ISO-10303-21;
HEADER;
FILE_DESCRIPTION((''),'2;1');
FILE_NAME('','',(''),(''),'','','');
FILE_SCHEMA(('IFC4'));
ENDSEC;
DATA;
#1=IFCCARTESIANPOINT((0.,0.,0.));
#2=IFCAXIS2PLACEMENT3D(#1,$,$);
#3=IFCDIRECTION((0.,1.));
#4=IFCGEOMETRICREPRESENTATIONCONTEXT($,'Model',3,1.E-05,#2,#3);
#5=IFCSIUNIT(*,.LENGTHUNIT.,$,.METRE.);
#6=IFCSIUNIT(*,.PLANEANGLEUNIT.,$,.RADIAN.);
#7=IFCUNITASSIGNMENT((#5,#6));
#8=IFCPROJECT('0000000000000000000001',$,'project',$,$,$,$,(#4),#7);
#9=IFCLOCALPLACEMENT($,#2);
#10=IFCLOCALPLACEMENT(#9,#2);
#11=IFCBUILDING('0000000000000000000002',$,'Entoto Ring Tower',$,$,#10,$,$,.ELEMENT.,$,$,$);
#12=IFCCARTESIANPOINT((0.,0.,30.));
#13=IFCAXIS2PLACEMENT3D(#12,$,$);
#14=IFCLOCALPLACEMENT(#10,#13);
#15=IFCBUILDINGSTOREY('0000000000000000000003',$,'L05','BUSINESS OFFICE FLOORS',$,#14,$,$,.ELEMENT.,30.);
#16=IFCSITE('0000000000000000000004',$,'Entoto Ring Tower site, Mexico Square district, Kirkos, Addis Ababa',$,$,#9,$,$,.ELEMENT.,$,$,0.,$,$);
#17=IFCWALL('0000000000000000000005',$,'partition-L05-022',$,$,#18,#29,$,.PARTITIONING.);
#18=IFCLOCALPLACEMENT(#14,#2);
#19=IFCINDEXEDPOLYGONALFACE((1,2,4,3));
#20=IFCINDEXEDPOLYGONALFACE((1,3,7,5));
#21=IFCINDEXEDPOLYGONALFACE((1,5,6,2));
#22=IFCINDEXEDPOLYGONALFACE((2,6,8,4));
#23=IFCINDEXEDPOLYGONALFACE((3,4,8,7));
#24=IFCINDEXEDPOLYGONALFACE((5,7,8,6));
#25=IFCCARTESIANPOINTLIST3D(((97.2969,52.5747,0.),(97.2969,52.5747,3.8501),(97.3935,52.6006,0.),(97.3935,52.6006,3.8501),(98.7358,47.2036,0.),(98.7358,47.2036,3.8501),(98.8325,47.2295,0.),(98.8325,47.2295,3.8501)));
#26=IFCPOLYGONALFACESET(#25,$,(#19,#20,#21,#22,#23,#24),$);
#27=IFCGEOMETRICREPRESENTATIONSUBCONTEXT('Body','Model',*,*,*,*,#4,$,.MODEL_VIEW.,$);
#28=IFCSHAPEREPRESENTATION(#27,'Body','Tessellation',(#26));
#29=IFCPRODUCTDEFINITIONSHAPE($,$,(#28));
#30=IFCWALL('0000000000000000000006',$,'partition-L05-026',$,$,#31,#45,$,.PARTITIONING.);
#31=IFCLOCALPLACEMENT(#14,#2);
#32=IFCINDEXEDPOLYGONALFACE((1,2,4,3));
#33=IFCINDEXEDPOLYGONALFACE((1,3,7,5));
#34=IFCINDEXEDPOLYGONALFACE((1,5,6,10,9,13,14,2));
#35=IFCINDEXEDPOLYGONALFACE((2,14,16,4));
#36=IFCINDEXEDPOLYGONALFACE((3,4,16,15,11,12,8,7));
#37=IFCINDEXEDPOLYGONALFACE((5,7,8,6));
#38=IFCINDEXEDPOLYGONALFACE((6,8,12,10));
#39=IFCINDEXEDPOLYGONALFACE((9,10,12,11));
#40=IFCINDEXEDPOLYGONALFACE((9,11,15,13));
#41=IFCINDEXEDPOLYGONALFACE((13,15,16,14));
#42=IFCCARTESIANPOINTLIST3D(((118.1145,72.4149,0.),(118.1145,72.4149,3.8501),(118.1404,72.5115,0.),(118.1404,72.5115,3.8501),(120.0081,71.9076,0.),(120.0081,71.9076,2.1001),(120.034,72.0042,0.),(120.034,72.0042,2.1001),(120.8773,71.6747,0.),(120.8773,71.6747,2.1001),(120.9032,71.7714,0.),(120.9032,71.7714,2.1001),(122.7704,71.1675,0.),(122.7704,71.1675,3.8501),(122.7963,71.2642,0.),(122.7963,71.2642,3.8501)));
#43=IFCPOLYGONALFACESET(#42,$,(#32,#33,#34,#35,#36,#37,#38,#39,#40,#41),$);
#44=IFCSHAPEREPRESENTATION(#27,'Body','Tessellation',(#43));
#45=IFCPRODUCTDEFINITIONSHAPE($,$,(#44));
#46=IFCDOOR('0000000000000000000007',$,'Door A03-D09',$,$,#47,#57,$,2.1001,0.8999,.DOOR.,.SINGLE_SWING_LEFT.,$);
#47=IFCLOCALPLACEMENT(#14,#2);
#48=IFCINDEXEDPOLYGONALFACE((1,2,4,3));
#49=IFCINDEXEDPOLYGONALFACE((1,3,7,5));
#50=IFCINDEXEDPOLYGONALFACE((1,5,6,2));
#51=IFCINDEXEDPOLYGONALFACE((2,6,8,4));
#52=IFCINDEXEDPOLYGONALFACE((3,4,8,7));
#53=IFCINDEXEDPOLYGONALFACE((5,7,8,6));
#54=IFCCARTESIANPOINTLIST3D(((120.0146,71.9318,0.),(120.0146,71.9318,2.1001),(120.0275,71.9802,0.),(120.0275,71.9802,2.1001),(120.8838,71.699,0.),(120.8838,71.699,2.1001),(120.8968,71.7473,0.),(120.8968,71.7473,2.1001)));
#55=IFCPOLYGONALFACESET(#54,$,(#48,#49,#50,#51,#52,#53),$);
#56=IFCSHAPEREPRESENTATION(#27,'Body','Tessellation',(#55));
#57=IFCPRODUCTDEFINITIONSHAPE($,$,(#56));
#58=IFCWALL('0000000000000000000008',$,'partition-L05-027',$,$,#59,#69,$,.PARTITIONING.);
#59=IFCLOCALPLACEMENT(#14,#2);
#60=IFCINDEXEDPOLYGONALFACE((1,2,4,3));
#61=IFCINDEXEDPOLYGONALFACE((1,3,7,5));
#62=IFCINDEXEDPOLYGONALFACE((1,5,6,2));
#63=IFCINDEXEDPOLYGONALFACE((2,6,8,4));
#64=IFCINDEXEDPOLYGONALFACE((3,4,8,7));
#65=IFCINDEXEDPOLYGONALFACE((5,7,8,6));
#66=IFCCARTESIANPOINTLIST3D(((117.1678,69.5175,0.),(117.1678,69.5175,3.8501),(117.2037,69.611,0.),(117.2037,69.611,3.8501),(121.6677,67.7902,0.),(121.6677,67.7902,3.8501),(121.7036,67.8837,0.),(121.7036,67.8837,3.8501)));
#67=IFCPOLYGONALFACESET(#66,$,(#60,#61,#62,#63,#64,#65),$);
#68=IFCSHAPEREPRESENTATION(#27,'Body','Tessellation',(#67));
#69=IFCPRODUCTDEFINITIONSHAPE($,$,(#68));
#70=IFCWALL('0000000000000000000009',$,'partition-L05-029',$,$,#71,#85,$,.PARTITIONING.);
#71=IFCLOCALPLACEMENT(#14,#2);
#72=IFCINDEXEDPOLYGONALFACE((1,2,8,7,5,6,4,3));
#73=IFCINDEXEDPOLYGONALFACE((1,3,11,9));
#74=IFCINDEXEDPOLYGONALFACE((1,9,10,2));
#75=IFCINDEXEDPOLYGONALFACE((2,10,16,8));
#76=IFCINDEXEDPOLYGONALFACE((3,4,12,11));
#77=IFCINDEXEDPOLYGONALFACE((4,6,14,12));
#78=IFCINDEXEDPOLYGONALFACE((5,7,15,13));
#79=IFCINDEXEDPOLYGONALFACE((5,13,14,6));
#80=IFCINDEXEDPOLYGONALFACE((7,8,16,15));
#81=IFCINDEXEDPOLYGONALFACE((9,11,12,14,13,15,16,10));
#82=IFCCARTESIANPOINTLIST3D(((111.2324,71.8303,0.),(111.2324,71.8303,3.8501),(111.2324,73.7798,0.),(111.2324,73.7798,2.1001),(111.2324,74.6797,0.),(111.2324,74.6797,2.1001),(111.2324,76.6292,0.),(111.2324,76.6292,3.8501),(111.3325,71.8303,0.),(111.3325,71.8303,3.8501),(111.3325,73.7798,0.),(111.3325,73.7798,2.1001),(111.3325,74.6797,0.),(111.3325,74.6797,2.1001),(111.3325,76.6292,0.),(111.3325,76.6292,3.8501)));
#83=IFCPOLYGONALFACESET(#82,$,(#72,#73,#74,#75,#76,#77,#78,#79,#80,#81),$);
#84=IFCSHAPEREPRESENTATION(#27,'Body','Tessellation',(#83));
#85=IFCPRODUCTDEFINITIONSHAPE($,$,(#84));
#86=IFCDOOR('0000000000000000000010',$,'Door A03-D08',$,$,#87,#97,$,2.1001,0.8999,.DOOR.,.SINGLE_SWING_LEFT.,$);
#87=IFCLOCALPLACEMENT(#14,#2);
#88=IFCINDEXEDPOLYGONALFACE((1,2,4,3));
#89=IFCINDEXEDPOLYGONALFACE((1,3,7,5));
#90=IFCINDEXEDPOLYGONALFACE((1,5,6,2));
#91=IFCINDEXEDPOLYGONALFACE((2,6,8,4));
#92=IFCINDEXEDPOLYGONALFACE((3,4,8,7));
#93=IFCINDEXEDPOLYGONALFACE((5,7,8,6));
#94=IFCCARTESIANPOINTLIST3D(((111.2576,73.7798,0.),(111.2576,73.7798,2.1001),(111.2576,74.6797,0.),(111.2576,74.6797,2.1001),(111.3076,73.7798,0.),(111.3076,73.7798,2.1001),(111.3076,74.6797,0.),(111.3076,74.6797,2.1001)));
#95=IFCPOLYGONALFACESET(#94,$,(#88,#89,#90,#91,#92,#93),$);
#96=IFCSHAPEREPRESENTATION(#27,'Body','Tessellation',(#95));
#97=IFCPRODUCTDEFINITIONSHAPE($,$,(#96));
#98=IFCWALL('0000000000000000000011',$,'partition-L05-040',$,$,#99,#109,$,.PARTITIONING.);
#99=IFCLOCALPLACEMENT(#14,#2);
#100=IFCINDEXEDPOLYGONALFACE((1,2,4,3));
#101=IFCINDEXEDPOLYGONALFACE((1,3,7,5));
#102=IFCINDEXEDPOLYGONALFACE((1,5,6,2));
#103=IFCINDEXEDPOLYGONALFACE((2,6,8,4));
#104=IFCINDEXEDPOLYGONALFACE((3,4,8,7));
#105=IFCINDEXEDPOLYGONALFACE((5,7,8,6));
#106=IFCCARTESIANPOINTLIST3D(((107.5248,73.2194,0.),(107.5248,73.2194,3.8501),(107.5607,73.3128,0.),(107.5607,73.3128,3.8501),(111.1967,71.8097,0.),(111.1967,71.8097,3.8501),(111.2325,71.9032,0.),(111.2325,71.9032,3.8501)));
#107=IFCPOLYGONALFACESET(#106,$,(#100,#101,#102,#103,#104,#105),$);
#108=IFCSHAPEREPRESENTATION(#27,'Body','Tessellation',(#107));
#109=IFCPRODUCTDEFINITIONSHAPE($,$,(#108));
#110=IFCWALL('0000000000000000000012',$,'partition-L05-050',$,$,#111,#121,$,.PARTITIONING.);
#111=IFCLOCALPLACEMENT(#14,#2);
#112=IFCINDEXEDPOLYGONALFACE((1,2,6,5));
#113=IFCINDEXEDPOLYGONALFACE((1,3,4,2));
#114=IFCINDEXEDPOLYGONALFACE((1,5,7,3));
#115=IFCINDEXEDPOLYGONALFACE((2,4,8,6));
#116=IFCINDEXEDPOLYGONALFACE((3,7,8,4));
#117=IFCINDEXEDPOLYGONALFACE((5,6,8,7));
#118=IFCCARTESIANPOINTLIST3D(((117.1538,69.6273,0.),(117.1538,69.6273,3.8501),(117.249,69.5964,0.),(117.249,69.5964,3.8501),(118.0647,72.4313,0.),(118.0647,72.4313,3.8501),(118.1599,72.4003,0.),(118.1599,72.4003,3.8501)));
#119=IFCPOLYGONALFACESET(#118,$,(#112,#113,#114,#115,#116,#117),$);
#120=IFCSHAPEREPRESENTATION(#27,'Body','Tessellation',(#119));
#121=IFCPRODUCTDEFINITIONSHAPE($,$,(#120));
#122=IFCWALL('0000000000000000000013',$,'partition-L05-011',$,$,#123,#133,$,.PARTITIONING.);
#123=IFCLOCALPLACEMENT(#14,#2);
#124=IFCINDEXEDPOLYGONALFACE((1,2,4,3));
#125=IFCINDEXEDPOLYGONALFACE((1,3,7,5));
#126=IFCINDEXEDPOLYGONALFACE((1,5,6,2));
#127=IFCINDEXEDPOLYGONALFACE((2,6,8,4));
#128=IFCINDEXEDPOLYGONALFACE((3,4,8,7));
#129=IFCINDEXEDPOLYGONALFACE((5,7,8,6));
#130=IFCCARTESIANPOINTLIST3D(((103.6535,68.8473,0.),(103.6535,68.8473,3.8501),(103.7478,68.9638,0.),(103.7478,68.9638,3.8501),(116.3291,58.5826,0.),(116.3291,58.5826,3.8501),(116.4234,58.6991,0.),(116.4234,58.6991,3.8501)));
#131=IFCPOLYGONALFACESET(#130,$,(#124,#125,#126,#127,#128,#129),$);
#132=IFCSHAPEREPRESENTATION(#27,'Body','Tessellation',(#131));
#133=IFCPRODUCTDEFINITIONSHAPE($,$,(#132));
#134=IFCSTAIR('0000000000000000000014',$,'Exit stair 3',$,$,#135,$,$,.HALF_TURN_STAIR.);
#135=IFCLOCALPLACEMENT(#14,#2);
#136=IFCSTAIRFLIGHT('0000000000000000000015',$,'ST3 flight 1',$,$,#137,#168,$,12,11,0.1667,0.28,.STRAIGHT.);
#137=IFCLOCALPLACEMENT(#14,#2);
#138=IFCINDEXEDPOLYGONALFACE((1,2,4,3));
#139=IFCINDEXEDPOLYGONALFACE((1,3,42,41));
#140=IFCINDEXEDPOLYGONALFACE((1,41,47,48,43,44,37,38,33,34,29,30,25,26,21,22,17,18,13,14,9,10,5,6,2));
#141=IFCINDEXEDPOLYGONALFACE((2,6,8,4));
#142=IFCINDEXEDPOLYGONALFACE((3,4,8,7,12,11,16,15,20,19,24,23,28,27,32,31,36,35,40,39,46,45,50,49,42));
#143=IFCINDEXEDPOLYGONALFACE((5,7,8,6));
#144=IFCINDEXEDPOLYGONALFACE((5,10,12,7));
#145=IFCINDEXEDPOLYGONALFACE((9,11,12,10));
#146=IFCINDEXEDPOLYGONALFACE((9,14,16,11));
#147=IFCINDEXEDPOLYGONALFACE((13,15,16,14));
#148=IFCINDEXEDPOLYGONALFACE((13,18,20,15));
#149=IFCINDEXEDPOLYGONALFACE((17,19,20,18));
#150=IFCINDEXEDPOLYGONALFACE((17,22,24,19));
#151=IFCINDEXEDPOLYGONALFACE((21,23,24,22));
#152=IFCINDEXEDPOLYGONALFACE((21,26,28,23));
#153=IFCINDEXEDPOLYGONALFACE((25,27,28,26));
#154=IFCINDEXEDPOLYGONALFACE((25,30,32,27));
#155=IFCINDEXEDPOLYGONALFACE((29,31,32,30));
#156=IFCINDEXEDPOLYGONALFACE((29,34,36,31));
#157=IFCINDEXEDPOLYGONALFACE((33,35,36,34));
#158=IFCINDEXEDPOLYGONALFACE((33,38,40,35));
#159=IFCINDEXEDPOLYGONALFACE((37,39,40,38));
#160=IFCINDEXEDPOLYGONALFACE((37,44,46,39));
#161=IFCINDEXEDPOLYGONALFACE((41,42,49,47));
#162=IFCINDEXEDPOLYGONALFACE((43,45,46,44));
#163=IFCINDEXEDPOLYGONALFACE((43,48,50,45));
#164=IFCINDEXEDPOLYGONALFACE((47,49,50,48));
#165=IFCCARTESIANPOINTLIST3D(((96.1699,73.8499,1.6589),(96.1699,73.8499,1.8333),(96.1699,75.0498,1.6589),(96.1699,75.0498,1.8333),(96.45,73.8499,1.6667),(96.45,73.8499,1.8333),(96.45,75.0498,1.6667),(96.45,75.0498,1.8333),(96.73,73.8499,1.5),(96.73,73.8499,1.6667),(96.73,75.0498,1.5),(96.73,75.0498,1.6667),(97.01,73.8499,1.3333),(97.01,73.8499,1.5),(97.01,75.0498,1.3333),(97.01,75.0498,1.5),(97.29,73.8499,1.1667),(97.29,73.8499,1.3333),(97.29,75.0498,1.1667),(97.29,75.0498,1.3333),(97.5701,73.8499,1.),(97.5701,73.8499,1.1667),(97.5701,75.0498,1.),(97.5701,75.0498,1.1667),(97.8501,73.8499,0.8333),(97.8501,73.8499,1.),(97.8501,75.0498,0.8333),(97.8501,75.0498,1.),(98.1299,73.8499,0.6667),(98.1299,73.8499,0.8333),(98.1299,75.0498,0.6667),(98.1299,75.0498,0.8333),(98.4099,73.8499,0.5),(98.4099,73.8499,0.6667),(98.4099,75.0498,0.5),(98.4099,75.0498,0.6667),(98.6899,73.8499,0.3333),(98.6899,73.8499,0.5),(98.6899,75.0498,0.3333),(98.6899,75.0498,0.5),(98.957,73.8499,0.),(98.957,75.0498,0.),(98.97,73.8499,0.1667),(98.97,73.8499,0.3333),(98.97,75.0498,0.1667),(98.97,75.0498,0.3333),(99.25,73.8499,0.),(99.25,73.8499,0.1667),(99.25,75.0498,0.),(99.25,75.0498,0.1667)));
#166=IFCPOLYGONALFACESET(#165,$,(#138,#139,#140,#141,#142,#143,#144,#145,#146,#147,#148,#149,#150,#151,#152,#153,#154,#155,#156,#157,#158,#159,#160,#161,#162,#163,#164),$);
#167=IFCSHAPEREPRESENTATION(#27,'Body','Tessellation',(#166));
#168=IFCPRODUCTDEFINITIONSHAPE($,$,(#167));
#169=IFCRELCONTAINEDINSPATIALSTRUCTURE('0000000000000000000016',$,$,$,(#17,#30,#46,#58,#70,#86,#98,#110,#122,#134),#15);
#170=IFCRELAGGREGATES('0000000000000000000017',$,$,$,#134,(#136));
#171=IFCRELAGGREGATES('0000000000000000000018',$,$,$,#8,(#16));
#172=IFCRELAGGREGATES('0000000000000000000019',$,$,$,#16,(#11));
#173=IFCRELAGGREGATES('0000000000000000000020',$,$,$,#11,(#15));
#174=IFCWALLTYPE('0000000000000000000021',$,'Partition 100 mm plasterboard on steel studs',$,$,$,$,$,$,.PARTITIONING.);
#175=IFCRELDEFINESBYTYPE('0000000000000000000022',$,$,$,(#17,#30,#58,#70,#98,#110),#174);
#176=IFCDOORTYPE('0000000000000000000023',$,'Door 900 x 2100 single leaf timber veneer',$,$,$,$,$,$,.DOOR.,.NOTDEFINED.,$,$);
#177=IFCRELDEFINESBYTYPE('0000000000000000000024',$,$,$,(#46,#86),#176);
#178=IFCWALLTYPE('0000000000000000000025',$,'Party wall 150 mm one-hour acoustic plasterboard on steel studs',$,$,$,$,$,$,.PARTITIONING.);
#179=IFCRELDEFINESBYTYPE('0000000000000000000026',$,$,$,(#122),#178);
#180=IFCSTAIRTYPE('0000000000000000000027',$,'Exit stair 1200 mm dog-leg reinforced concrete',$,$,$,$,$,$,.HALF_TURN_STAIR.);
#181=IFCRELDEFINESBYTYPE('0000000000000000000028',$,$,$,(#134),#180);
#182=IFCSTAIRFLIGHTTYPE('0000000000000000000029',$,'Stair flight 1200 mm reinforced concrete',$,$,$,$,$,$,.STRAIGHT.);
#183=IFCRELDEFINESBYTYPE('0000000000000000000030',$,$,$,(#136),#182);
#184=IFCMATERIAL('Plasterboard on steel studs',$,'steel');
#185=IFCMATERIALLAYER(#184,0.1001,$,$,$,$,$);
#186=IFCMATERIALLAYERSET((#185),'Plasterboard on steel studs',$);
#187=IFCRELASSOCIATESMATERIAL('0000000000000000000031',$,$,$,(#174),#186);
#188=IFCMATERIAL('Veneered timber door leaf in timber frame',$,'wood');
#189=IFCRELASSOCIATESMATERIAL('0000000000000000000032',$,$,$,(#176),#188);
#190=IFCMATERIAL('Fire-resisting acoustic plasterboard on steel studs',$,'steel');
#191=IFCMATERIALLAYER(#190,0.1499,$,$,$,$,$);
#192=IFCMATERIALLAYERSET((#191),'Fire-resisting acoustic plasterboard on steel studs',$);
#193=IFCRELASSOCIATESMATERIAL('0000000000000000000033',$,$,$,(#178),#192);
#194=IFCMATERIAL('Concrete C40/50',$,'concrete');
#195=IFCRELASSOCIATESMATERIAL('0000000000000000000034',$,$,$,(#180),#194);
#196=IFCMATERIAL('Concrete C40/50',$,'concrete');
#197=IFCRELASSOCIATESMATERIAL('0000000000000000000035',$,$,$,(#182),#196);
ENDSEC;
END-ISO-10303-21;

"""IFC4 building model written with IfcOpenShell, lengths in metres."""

from ifc_helpers import new_model, si_unit, direction, frame, frame_2d, origin, place, context, subcontext, project, spatial, polyline, rectangle, outline, extrude, material, layer, layer_set, type_object, element, fill, aggregate, save


model = new_model("IFC4")

# Units and contexts
model_context = context("Model", 3, precision=1e-05, world=origin(), true_north=direction((0.0, 1.0)))
body_context = subcontext(model_context, "Body", "Model", "MODEL_VIEW")
ifc_project = project(units=[si_unit("LENGTHUNIT", "METRE"), si_unit("PLANEANGLEUNIT", "RADIAN")], contexts=[model_context])

# Site, building, storey
site_placement = place(None, origin())
site = spatial("IfcSite", under=ifc_project, at=site_placement, Name="Entoto Ring Tower site, Mexico Square district, Kirkos, Addis Ababa", CompositionType="ELEMENT", RefElevation=0.0)
building_placement = place(site_placement, origin())
building = spatial("IfcBuilding", under=site, at=building_placement, Name="Entoto Ring Tower", CompositionType="ELEMENT")
storey_placement = place(building_placement, frame((0.0, 0.0, 30.0)))
storey = spatial("IfcBuildingStorey", under=building, at=storey_placement, Name="L05", Description="BUSINESS OFFICE FLOORS", CompositionType="ELEMENT", Elevation=30.0)

# Wall
ifc_material_1 = material(Name="Plasterboard on steel studs", Category="steel")
ifc_layer_1 = layer(ifc_material_1, 0.1001)
ifc_layer_set_1 = layer_set([ifc_layer_1], Name="Plasterboard on steel studs")
wall_type_1 = type_object("IfcWallType", Name="Partition 100 mm plasterboard on steel studs", PredefinedType="PARTITIONING", material=ifc_layer_set_1)
wall_1_placement = place(storey_placement, frame((98.7842, 47.2166, 0.0), z_axis=(0.0, 0.0, 1.0), x_axis=(-0.258783, 0.965936, 0.0)))
element("IfcWall", 1, at=wall_1_placement, inside=storey, type_object=wall_type_1, Name="partition-L05-022", PredefinedType="PARTITIONING", context=body_context, shape_type="SweptSolid", body=[
    extrude(rectangle(XDim=5.5605, YDim=0.1001, at=frame_2d((2.7803, 0.0))), origin(), (0.0, 0.0, 1.0), 3.8501),
])

# Wall, opening, door
wall_2_placement = place(storey_placement, frame((122.7834, 71.2158, 0.0), z_axis=(0.0, 0.0, 1.0), x_axis=(-0.965936, 0.258782, 0.0)))
wall_2 = element("IfcWall", 2, at=wall_2_placement, inside=storey, type_object=wall_type_1, Name="partition-L05-026", PredefinedType="PARTITIONING", context=body_context, shape_type="SweptSolid", body=[
    extrude(rectangle(XDim=4.8201, YDim=0.1001, at=frame_2d((2.4102, 0.0))), origin(), (0.0, 0.0, 1.0), 3.8501),
])
opening_1_placement = place(wall_2_placement, frame((1.96, 0.0, 0.0)))
opening_1 = element("IfcOpeningElement", 3, at=opening_1_placement, cuts=wall_2, PredefinedType="OPENING", context=body_context, shape_type="SweptSolid", body=[
    extrude(rectangle(XDim=0.8999, YDim=2.1001, at=frame_2d((0.45, 1.05))), frame((0.0, 0.0601, 0.0), z_axis=(0.0, -1.0, 0.0), x_axis=(1.0, 0.0, 0.0)), (0.0, 0.0, 1.0), 0.1201),
])
ifc_material_2 = material(Name="Veneered timber door leaf in timber frame", Category="wood")
door_type_1 = type_object("IfcDoorType", Name="Door 900 x 2100 single leaf timber veneer", OperationType="NOTDEFINED", PredefinedType="DOOR", material=ifc_material_2)
door_1_placement = place(opening_1_placement, origin())
door_1 = element("IfcDoor", 4, at=door_1_placement, inside=storey, type_object=door_type_1, Name="Door A03-D09", OperationType="SINGLE_SWING_LEFT", OverallHeight=2.1001, OverallWidth=0.8999, PredefinedType="DOOR", context=body_context, shape_type="SweptSolid", body=[
    extrude(rectangle(XDim=0.8999, YDim=2.1001, at=frame_2d((0.45, 1.05))), frame((0.0, 0.0249, 0.0), z_axis=(0.0, -1.0, 0.0), x_axis=(1.0, 0.0, 0.0)), (0.0, 0.0, 1.0), 0.05),
])
fill(opening_1, door_1)

# Wall
wall_3_placement = place(storey_placement, frame((121.6858, 67.8369, 0.0), z_axis=(0.0, 0.0, 1.0), x_axis=(-0.933587, 0.358351, 0.0)))
element("IfcWall", 5, at=wall_3_placement, inside=storey, type_object=wall_type_1, Name="partition-L05-027", PredefinedType="PARTITIONING", context=body_context, shape_type="SweptSolid", body=[
    extrude(rectangle(XDim=4.8201, YDim=0.1001, at=frame_2d((2.4102, 0.0))), origin(), (0.0, 0.0, 1.0), 3.8501),
])

# Wall, opening, door
wall_4_placement = place(storey_placement, frame((111.2825, 71.8303, 0.0), z_axis=(0.0, 0.0, 1.0), x_axis=(0.0, 1.0, 0.0)))
wall_4 = element("IfcWall", 6, at=wall_4_placement, inside=storey, type_object=wall_type_1, Name="partition-L05-029", PredefinedType="PARTITIONING", context=body_context, shape_type="SweptSolid", body=[
    extrude(rectangle(XDim=4.7988, YDim=0.1001, at=frame_2d((2.3994, 0.0))), origin(), (0.0, 0.0, 1.0), 3.8501),
])
opening_2_placement = place(wall_4_placement, frame((1.9495, 0.0, 0.0)))
opening_2 = element("IfcOpeningElement", 7, at=opening_2_placement, cuts=wall_4, PredefinedType="OPENING", context=body_context, shape_type="SweptSolid", body=[
    extrude(rectangle(XDim=0.8999, YDim=2.1001, at=frame_2d((0.45, 1.05))), frame((0.0, 0.0601, 0.0), z_axis=(0.0, -1.0, 0.0), x_axis=(1.0, 0.0, 0.0)), (0.0, 0.0, 1.0), 0.1201),
])
door_2_placement = place(opening_2_placement, origin())
door_2 = element("IfcDoor", 8, at=door_2_placement, inside=storey, type_object=door_type_1, Name="Door A03-D08", OperationType="SINGLE_SWING_LEFT", OverallHeight=2.1001, OverallWidth=0.8999, PredefinedType="DOOR", context=body_context, shape_type="SweptSolid", body=[
    extrude(rectangle(XDim=0.8999, YDim=2.1001, at=frame_2d((0.45, 1.05))), frame((0.0, 0.0249, 0.0), z_axis=(0.0, -1.0, 0.0), x_axis=(1.0, 0.0, 0.0)), (0.0, 0.0, 1.0), 0.05),
])
fill(opening_2, door_2)

# Walls
wall_5_placement = place(storey_placement, frame((111.2146, 71.8564, 0.0), z_axis=(0.0, 0.0, 1.0), x_axis=(-0.933566, 0.358405, 0.0)))
element("IfcWall", 9, at=wall_5_placement, inside=storey, type_object=wall_type_1, Name="partition-L05-040", PredefinedType="PARTITIONING", context=body_context, shape_type="SweptSolid", body=[
    extrude(rectangle(XDim=3.9331, YDim=0.1001, at=frame_2d((1.9666, 0.0))), origin(), (0.0, 0.0, 1.0), 3.8501),
])
wall_6_placement = place(storey_placement, frame((117.2014, 69.6118, 0.0), z_axis=(0.0, 0.0, 1.0), x_axis=(0.308964, 0.951074, 0.0)))
element("IfcWall", 10, at=wall_6_placement, inside=storey, type_object=wall_type_1, Name="partition-L05-050", PredefinedType="PARTITIONING", context=body_context, shape_type="SweptSolid", body=[
    extrude(rectangle(XDim=2.9482, YDim=0.1001, at=frame_2d((1.4741, 0.0))), origin(), (0.0, 0.0, 1.0), 3.8501),
])
ifc_material_3 = material(Name="Fire-resisting acoustic plasterboard on steel studs", Category="steel")
ifc_layer_2 = layer(ifc_material_3, 0.1499)
ifc_layer_set_2 = layer_set([ifc_layer_2], Name="Fire-resisting acoustic plasterboard on steel studs")
wall_type_2 = type_object("IfcWallType", Name="Party wall 150 mm one-hour acoustic plasterboard on steel studs", PredefinedType="PARTITIONING", material=ifc_layer_set_2)
wall_7_placement = place(storey_placement, frame((116.3762, 58.6409, 0.0), z_axis=(0.0, 0.0, 1.0), x_axis=(-0.77714, 0.629328, 0.0)))
element("IfcWall", 11, at=wall_7_placement, inside=storey, type_object=wall_type_2, Name="partition-L05-011", PredefinedType="PARTITIONING", context=body_context, shape_type="SweptSolid", body=[
    extrude(rectangle(XDim=16.3105, YDim=0.1499, at=frame_2d((8.1553, 0.0))), origin(), (0.0, 0.0, 1.0), 3.8501),
])

# Stair, stair flight
ifc_material_4 = material(Name="Concrete C40/50", Category="concrete")
stair_type = type_object("IfcStairType", Name="Exit stair 1200 mm dog-leg reinforced concrete", PredefinedType="HALF_TURN_STAIR", material=ifc_material_4)
stair_placement = place(storey_placement, origin())
stair = element("IfcStair", 12, at=stair_placement, inside=storey, type_object=stair_type, Name="Exit stair 3", PredefinedType="HALF_TURN_STAIR")
ifc_material_5 = material(Name="Concrete C40/50", Category="concrete")
stair_flight_type = type_object("IfcStairFlightType", Name="Stair flight 1200 mm reinforced concrete", PredefinedType="STRAIGHT", material=ifc_material_5)
stair_flight_placement = place(storey_placement, frame((99.25, 74.45, 0.0), z_axis=(0.0, 0.0, 1.0), x_axis=(-1.0, 0.0, 0.0)))
stair_flight = element("IfcStairFlight", 13, at=stair_flight_placement, type_object=stair_flight_type, Name="ST3 flight 1", NumberOfRisers=12, NumberOfTreads=11, PredefinedType="STRAIGHT", RiserHeight=0.1667, TreadLength=0.28, context=body_context, shape_type="SweptSolid", body=[
    extrude(outline(polyline([(0.0, 0.0), (0.0, 0.1667), (0.28, 0.1667), (0.28, 0.3333), (0.5601, 0.3333), (0.5601, 0.5), (0.8401, 0.5), (0.8401, 0.6667), (1.1201, 0.6667), (1.1201, 0.8333), (1.3999, 0.8333), (1.3999, 1.0), (1.6799, 1.0), (1.6799, 1.1667), (1.96, 1.1667), (1.96, 1.3333), (2.24, 1.3333), (2.24, 1.5), (2.52, 1.5), (2.52, 1.6667), (2.8, 1.6667), (2.8, 1.8333), (3.0801, 1.8333), (3.0801, 2.0), (3.0801, 1.6589), (0.293, 0.0), (0.0, 0.0)])), frame((0.0, 0.6001, 0.0), z_axis=(0.0, -1.0, 0.0), x_axis=(1.0, 0.0, 0.0)), (0.0, 0.0, 1.0), 1.2),
])
aggregate(stair, [stair_flight])

save(model, "model.ifc")
